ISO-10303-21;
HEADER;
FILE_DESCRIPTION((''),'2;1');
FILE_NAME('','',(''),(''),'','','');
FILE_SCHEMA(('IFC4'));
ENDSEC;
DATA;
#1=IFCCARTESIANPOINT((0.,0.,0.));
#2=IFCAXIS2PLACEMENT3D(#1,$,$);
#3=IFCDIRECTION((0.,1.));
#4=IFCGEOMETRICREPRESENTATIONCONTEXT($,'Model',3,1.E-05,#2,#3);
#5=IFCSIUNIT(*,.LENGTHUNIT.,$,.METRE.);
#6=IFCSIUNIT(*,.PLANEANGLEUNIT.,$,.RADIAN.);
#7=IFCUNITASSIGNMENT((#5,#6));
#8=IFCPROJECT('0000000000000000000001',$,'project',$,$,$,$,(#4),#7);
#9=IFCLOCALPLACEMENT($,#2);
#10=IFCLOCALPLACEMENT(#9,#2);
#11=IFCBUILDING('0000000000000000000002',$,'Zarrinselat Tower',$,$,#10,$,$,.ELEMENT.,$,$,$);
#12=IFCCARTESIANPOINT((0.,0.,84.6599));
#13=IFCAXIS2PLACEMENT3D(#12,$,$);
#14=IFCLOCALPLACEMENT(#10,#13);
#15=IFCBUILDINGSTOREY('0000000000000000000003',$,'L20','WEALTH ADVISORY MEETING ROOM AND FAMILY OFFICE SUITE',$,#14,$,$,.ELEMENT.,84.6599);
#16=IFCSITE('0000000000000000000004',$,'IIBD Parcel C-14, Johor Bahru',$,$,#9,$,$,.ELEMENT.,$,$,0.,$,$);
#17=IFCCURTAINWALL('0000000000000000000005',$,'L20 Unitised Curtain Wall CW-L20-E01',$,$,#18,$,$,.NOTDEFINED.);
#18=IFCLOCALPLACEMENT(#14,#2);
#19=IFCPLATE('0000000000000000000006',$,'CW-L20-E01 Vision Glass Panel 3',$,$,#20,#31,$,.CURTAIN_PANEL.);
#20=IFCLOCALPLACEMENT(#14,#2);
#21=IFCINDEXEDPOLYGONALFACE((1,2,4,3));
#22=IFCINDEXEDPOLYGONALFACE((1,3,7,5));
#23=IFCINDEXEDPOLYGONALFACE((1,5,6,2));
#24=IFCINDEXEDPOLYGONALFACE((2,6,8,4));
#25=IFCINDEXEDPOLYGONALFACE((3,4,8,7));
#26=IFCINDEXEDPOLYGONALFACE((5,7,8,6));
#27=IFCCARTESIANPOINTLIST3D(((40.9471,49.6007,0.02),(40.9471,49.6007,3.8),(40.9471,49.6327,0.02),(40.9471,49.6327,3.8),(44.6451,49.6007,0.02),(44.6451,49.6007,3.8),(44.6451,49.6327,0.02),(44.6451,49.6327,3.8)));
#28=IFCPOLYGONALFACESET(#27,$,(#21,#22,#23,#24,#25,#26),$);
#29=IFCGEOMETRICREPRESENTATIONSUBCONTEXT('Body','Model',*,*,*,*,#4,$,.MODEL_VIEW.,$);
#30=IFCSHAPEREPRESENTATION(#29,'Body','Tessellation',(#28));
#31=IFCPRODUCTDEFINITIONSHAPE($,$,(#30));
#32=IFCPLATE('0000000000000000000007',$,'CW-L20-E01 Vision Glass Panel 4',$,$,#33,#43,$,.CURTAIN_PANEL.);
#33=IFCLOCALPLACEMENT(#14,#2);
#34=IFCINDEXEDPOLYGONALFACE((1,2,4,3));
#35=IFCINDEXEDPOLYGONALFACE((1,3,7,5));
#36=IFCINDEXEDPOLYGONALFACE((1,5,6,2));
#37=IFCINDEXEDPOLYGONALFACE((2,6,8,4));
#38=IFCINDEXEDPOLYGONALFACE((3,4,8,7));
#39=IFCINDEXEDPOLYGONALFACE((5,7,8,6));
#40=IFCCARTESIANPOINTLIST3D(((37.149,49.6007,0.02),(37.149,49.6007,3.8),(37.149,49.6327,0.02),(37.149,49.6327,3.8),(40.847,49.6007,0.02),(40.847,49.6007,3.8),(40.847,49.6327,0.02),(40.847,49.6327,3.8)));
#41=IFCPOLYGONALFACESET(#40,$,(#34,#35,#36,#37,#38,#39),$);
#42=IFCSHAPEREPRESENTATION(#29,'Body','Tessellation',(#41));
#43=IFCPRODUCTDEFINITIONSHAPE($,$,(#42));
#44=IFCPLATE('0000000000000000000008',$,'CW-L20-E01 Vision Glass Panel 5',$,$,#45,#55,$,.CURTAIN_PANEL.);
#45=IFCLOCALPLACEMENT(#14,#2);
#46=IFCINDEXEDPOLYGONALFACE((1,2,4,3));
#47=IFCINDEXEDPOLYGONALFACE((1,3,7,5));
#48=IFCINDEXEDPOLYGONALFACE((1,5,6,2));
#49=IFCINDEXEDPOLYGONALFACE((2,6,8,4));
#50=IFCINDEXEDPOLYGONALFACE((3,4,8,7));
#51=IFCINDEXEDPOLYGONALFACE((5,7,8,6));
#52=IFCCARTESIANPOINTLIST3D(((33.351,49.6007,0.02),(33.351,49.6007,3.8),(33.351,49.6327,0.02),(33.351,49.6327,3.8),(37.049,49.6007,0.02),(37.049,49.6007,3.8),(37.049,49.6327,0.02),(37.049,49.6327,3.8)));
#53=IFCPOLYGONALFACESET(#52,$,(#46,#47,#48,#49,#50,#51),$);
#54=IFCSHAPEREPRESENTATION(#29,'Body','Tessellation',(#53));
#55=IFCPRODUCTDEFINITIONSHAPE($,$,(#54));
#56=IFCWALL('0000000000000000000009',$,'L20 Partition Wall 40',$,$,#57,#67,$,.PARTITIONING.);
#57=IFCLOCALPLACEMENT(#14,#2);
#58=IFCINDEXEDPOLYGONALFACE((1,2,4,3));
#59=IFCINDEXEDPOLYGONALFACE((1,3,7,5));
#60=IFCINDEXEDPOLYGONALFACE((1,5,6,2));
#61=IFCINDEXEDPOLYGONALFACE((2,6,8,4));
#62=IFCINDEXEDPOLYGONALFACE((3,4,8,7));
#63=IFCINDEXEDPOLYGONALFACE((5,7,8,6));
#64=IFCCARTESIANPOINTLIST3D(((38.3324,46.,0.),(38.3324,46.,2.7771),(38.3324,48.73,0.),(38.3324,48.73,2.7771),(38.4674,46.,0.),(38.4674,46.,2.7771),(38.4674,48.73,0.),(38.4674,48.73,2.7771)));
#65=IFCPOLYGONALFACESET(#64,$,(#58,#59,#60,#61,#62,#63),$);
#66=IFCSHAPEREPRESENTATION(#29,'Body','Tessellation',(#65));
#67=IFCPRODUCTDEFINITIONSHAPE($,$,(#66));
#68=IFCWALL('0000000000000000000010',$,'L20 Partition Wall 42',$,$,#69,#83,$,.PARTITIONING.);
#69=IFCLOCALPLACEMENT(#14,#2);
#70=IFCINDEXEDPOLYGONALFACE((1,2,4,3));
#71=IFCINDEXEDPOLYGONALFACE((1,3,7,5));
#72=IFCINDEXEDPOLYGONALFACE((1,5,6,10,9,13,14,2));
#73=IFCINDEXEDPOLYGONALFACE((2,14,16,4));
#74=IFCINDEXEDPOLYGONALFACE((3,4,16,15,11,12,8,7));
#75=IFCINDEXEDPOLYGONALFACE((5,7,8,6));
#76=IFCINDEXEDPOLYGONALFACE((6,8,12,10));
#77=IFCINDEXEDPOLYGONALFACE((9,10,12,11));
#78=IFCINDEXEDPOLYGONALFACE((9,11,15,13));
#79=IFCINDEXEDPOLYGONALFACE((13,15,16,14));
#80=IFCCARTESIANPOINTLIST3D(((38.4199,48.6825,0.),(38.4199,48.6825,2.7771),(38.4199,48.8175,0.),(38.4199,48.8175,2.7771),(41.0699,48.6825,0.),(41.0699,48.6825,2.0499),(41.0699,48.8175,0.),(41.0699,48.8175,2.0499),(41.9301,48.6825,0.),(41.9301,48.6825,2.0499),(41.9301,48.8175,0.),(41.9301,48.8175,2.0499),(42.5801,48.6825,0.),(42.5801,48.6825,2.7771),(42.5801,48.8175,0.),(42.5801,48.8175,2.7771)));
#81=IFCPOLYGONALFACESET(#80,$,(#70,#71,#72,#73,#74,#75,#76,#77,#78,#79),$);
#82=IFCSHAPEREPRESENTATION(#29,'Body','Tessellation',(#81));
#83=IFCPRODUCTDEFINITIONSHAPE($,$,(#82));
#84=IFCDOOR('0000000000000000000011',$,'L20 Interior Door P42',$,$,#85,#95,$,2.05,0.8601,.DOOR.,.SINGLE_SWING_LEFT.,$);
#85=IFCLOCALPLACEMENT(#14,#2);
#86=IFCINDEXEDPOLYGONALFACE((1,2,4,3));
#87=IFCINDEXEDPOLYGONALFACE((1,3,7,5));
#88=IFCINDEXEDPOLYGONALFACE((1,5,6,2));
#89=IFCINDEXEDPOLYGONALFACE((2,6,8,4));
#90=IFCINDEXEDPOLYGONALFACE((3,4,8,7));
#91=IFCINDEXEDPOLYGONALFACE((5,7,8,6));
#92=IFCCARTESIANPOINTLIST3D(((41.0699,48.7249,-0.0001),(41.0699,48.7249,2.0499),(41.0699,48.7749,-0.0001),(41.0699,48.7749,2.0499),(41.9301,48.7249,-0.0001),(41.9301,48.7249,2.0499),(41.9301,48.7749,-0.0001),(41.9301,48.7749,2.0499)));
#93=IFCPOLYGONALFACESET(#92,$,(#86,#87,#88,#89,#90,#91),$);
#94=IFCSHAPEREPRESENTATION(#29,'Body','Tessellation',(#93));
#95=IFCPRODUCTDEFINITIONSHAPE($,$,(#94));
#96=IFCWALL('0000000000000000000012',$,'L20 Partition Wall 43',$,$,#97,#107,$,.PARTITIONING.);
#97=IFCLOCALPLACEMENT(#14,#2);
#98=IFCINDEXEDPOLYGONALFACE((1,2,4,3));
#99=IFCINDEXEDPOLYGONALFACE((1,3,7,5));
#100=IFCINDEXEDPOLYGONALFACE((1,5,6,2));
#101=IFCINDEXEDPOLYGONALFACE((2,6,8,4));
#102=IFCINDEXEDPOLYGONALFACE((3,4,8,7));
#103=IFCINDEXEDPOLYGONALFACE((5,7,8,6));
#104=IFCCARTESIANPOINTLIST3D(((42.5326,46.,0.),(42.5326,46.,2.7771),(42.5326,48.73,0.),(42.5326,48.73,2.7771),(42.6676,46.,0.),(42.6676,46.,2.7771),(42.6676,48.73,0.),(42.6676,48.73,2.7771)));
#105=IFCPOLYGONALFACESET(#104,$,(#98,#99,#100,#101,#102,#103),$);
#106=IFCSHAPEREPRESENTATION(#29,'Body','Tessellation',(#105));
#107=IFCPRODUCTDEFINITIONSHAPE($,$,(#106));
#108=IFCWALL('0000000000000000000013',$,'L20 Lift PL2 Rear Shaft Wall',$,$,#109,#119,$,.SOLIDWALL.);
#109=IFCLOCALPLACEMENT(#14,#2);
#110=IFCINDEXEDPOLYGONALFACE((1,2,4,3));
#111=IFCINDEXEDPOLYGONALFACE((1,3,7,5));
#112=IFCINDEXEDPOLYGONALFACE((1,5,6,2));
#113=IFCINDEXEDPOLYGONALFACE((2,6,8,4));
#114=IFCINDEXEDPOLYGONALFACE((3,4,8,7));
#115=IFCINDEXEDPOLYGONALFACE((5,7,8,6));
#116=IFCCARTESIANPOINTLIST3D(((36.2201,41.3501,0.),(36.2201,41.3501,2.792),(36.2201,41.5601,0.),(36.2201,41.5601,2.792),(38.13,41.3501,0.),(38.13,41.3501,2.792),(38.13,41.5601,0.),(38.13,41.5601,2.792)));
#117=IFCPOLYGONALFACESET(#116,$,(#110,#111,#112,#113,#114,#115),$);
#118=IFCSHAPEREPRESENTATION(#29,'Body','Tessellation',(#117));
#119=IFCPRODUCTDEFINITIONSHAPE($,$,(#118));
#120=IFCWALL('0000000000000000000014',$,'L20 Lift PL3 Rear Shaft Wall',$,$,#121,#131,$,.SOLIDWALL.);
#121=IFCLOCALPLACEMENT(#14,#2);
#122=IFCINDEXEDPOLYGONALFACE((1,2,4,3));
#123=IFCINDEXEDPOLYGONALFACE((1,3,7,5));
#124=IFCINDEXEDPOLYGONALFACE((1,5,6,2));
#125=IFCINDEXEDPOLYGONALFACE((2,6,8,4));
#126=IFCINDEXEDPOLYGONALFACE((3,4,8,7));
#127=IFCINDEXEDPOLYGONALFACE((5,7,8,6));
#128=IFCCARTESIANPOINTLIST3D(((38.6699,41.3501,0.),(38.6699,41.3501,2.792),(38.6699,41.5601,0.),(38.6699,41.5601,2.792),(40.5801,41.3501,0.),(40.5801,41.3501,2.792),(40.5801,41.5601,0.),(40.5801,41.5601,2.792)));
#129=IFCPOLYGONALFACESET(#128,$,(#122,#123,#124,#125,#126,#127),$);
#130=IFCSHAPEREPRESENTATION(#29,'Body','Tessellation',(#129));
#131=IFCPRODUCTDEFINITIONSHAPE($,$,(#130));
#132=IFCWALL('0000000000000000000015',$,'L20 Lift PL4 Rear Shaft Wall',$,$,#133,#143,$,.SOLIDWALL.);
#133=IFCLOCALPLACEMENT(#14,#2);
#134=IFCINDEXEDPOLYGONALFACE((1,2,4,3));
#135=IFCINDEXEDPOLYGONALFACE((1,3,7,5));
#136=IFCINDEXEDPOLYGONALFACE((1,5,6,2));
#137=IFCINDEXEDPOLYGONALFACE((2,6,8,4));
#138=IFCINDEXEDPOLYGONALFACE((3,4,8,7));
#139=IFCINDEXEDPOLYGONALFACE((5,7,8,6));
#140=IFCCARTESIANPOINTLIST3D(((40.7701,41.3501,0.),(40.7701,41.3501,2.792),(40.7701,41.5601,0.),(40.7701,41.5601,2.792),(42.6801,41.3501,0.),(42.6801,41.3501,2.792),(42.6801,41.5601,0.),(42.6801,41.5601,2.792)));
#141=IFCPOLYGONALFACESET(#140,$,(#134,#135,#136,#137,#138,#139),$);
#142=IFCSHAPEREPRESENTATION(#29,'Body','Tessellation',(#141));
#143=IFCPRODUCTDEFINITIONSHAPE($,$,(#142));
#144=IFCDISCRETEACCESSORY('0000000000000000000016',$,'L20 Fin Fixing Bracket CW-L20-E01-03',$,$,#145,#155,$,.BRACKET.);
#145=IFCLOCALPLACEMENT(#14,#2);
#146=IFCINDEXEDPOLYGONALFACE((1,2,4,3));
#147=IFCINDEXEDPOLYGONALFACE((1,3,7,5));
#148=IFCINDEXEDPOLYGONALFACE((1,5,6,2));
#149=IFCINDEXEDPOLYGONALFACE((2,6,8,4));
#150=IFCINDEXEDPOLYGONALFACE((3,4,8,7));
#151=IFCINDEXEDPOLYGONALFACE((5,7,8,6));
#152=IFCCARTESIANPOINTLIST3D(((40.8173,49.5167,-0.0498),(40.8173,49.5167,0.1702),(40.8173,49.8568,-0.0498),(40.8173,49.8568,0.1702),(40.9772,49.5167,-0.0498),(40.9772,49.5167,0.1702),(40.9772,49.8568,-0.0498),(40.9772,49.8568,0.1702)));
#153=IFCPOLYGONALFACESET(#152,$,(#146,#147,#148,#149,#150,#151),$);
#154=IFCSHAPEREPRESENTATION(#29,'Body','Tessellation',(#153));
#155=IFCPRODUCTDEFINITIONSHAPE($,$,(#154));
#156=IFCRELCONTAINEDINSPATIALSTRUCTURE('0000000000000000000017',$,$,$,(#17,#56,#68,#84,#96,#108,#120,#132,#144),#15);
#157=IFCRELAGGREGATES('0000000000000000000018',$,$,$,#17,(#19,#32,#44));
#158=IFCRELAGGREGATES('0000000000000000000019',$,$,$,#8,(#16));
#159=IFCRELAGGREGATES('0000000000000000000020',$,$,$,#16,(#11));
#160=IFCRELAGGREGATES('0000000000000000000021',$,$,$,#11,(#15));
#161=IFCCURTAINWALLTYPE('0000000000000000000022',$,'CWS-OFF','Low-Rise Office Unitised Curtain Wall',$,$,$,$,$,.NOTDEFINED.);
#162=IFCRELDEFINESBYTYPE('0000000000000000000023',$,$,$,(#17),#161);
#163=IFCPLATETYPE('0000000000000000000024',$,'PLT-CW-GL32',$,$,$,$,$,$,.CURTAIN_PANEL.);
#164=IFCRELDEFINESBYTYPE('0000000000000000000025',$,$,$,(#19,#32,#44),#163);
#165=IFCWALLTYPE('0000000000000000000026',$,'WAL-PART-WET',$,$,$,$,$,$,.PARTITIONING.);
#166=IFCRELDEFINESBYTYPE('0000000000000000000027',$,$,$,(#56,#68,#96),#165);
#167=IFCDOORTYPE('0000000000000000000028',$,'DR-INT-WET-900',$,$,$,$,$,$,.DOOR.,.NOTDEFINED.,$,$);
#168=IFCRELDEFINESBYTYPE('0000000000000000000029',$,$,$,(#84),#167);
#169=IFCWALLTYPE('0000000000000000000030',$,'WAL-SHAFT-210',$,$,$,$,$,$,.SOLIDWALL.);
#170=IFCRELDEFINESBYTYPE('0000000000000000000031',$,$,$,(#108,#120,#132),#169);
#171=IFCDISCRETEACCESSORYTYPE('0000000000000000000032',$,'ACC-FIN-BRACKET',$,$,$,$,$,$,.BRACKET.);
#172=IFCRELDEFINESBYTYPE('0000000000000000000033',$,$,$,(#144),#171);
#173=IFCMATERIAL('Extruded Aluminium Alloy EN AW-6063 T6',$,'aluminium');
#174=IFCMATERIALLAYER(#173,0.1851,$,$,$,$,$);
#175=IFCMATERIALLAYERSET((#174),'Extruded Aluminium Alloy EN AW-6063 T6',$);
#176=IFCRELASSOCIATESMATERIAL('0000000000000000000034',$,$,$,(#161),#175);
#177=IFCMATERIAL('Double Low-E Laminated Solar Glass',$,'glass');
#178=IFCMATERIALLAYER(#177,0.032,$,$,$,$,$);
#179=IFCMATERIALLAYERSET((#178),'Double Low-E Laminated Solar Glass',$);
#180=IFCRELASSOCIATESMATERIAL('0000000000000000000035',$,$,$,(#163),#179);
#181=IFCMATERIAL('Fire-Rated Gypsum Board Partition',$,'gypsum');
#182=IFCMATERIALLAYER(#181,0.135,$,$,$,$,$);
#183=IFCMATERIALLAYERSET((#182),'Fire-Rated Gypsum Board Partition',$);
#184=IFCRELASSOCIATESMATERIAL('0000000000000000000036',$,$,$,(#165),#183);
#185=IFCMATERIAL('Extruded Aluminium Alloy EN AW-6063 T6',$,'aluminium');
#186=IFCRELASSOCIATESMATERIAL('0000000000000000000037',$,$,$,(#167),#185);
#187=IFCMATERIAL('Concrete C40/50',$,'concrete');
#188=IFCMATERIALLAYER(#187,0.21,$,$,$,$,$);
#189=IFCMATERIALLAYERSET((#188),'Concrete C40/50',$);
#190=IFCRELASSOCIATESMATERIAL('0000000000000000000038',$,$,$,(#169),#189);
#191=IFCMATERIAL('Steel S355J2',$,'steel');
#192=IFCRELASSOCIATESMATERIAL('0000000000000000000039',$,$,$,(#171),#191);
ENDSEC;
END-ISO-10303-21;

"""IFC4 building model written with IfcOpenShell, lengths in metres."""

from ifc_helpers import new_model, si_unit, direction, frame, frame_2d, origin, origin_2d, place, context, subcontext, project, spatial, rectangle, extrude, material, layer, layer_set, type_object, element, fill, aggregate, save


model = new_model("IFC4")

# Units and contexts
model_context = context("Model", 3, precision=1e-05, world=origin(), true_north=direction((0.0, 1.0)))
body_context = subcontext(model_context, "Body", "Model", "MODEL_VIEW")
ifc_project = project(units=[si_unit("LENGTHUNIT", "METRE"), si_unit("PLANEANGLEUNIT", "RADIAN")], contexts=[model_context])

# Site, building, storey
site_placement = place(None, origin())
site = spatial("IfcSite", under=ifc_project, at=site_placement, Name="IIBD Parcel C-14, Johor Bahru", CompositionType="ELEMENT", RefElevation=0.0)
building_placement = place(site_placement, origin())
building = spatial("IfcBuilding", under=site, at=building_placement, Name="Zarrinselat Tower", CompositionType="ELEMENT")
storey_placement = place(building_placement, frame((0.0, 0.0, 84.6599)))
storey = spatial("IfcBuildingStorey", under=building, at=storey_placement, Name="L20", Description="WEALTH ADVISORY MEETING ROOM AND FAMILY OFFICE SUITE", CompositionType="ELEMENT", Elevation=84.6599)

# Curtain wall, plates
ifc_material_1 = material(Name="Extruded Aluminium Alloy EN AW-6063 T6", Category="aluminium")
ifc_layer_1 = layer(ifc_material_1, 0.1851)
ifc_layer_set_1 = layer_set([ifc_layer_1], Name="Extruded Aluminium Alloy EN AW-6063 T6")
curtain_wall_type = type_object("IfcCurtainWallType", Name="CWS-OFF", Description="Low-Rise Office Unitised Curtain Wall", PredefinedType="NOTDEFINED", material=ifc_layer_set_1)
curtain_wall_placement = place(storey_placement, origin())
curtain_wall = element("IfcCurtainWall", 1, at=curtain_wall_placement, inside=storey, type_object=curtain_wall_type, Name="L20 Unitised Curtain Wall CW-L20-E01", PredefinedType="NOTDEFINED")
ifc_material_2 = material(Name="Double Low-E Laminated Solar Glass", Category="glass")
ifc_layer_2 = layer(ifc_material_2, 0.032)
ifc_layer_set_2 = layer_set([ifc_layer_2], Name="Double Low-E Laminated Solar Glass")
plate_type = type_object("IfcPlateType", Name="PLT-CW-GL32", PredefinedType="CURTAIN_PANEL", material=ifc_layer_set_2)
plate_1_placement = place(storey_placement, frame((42.7961, 49.6167, 0.02), z_axis=(0.0, 0.0, 1.0), x_axis=(-1.0, 0.0, 0.0)))
plate_1 = element("IfcPlate", 2, at=plate_1_placement, type_object=plate_type, Name="CW-L20-E01 Vision Glass Panel 3", PredefinedType="CURTAIN_PANEL", context=body_context, shape_type="SweptSolid", body=[
    extrude(rectangle(XDim=3.698, YDim=0.032, at=origin_2d()), origin(), (0.0, 0.0, 1.0), 3.78),
])
plate_2_placement = place(storey_placement, frame((38.998, 49.6167, 0.02), z_axis=(0.0, 0.0, 1.0), x_axis=(-1.0, 0.0, 0.0)))
plate_2 = element("IfcPlate", 3, at=plate_2_placement, type_object=plate_type, Name="CW-L20-E01 Vision Glass Panel 4", PredefinedType="CURTAIN_PANEL", context=body_context, shape_type="SweptSolid", body=[
    extrude(rectangle(XDim=3.698, YDim=0.032, at=origin_2d()), origin(), (0.0, 0.0, 1.0), 3.78),
])
plate_3_placement = place(storey_placement, frame((35.2, 49.6167, 0.02), z_axis=(0.0, 0.0, 1.0), x_axis=(-1.0, 0.0, 0.0)))
plate_3 = element("IfcPlate", 4, at=plate_3_placement, type_object=plate_type, Name="CW-L20-E01 Vision Glass Panel 5", PredefinedType="CURTAIN_PANEL", context=body_context, shape_type="SweptSolid", body=[
    extrude(rectangle(XDim=3.698, YDim=0.032, at=origin_2d()), origin(), (0.0, 0.0, 1.0), 3.78),
])
aggregate(curtain_wall, [plate_1, plate_2, plate_3])

# Wall
ifc_material_3 = material(Name="Fire-Rated Gypsum Board Partition", Category="gypsum")
ifc_layer_3 = layer(ifc_material_3, 0.135)
ifc_layer_set_3 = layer_set([ifc_layer_3], Name="Fire-Rated Gypsum Board Partition")
wall_type_1 = type_object("IfcWallType", Name="WAL-PART-WET", PredefinedType="PARTITIONING", material=ifc_layer_set_3)
wall_1_placement = place(storey_placement, frame((38.3999, 46.0, 0.0), z_axis=(0.0, 0.0, 1.0), x_axis=(0.0, 1.0, 0.0)))
element("IfcWall", 5, at=wall_1_placement, inside=storey, type_object=wall_type_1, Name="L20 Partition Wall 40", PredefinedType="PARTITIONING", context=body_context, shape_type="SweptSolid", body=[
    extrude(rectangle(XDim=2.73, YDim=0.135, at=frame_2d((1.365, 0.0))), origin(), (0.0, 0.0, 1.0), 2.7771),
])

# Wall, opening, door
wall_2_placement = place(storey_placement, frame((38.4199, 48.75, 0.0), z_axis=(0.0, 0.0, 1.0), x_axis=(1.0, 0.0, 0.0)))
wall_2 = element("IfcWall", 6, at=wall_2_placement, inside=storey, type_object=wall_type_1, Name="L20 Partition Wall 42", PredefinedType="PARTITIONING", context=body_context, shape_type="SweptSolid", body=[
    extrude(rectangle(XDim=4.1602, YDim=0.135, at=frame_2d((2.0801, 0.0))), origin(), (0.0, 0.0, 1.0), 2.7771),
])
opening_placement = place(wall_2_placement, frame((2.6499, 0.0, 0.0)))
opening = element("IfcOpeningElement", 7, at=opening_placement, cuts=wall_2, PredefinedType="OPENING", context=body_context, shape_type="SweptSolid", body=[
    extrude(rectangle(XDim=0.8601, YDim=2.05, at=frame_2d((0.4302, 1.0249))), frame((0.0, 0.0774, 0.0), z_axis=(0.0, -1.0, 0.0), x_axis=(1.0, 0.0, 0.0)), (0.0, 0.0, 1.0), 0.155),
])
ifc_material_4 = material(Name="Extruded Aluminium Alloy EN AW-6063 T6", Category="aluminium")
door_type = type_object("IfcDoorType", Name="DR-INT-WET-900", OperationType="NOTDEFINED", PredefinedType="DOOR", material=ifc_material_4)
door_placement = place(opening_placement, origin())
door = element("IfcDoor", 8, at=door_placement, inside=storey, type_object=door_type, Name="L20 Interior Door P42", OperationType="SINGLE_SWING_LEFT", OverallHeight=2.05, OverallWidth=0.8601, PredefinedType="DOOR", context=body_context, shape_type="SweptSolid", body=[
    extrude(rectangle(XDim=0.8601, YDim=2.05, at=frame_2d((0.4302, 1.0249))), frame((0.0, 0.0249, 0.0), z_axis=(0.0, -1.0, 0.0), x_axis=(1.0, 0.0, 0.0)), (0.0, 0.0, 1.0), 0.05),
])
fill(opening, door)

# Walls
wall_3_placement = place(storey_placement, frame((42.6001, 46.0, 0.0), z_axis=(0.0, 0.0, 1.0), x_axis=(0.0, 1.0, 0.0)))
element("IfcWall", 9, at=wall_3_placement, inside=storey, type_object=wall_type_1, Name="L20 Partition Wall 43", PredefinedType="PARTITIONING", context=body_context, shape_type="SweptSolid", body=[
    extrude(rectangle(XDim=2.73, YDim=0.135, at=frame_2d((1.365, 0.0))), origin(), (0.0, 0.0, 1.0), 2.7771),
])
ifc_material_5 = material(Name="Concrete C40/50", Category="concrete")
ifc_layer_4 = layer(ifc_material_5, 0.21)
ifc_layer_set_4 = layer_set([ifc_layer_4], Name="Concrete C40/50")
wall_type_2 = type_object("IfcWallType", Name="WAL-SHAFT-210", PredefinedType="SOLIDWALL", material=ifc_layer_set_4)
wall_4_placement = place(storey_placement, frame((36.22, 41.4551, 0.0), z_axis=(0.0, 0.0, 1.0), x_axis=(1.0, 0.0, 0.0)))
element("IfcWall", 10, at=wall_4_placement, inside=storey, type_object=wall_type_2, Name="L20 Lift PL2 Rear Shaft Wall", PredefinedType="SOLIDWALL", context=body_context, shape_type="SweptSolid", body=[
    extrude(rectangle(XDim=1.9099, YDim=0.21, at=frame_2d((0.9551, 0.0))), origin(), (0.0, 0.0, 1.0), 2.792),
])
wall_5_placement = place(storey_placement, frame((38.6699, 41.4551, 0.0), z_axis=(0.0, 0.0, 1.0), x_axis=(1.0, 0.0, 0.0)))
element("IfcWall", 11, at=wall_5_placement, inside=storey, type_object=wall_type_2, Name="L20 Lift PL3 Rear Shaft Wall", PredefinedType="SOLIDWALL", context=body_context, shape_type="SweptSolid", body=[
    extrude(rectangle(XDim=1.9102, YDim=0.21, at=frame_2d((0.9551, 0.0))), origin(), (0.0, 0.0, 1.0), 2.792),
])
wall_6_placement = place(storey_placement, frame((40.77, 41.4551, 0.0), z_axis=(0.0, 0.0, 1.0), x_axis=(1.0, 0.0, 0.0)))
element("IfcWall", 12, at=wall_6_placement, inside=storey, type_object=wall_type_2, Name="L20 Lift PL4 Rear Shaft Wall", PredefinedType="SOLIDWALL", context=body_context, shape_type="SweptSolid", body=[
    extrude(rectangle(XDim=1.9099, YDim=0.21, at=frame_2d((0.9551, 0.0))), origin(), (0.0, 0.0, 1.0), 2.792),
])

# Discrete accessory
ifc_material_6 = material(Name="Steel S355J2", Category="steel")
discrete_accessory_type = type_object("IfcDiscreteAccessoryType", Name="ACC-FIN-BRACKET", PredefinedType="BRACKET", material=ifc_material_6)
discrete_accessory_placement = place(storey_placement, frame((40.8972, 49.6868, -0.0498), z_axis=(0.0, 0.0, 1.0), x_axis=(0.0, 1.0, 0.0)))
element("IfcDiscreteAccessory", 13, at=discrete_accessory_placement, inside=storey, type_object=discrete_accessory_type, Name="L20 Fin Fixing Bracket CW-L20-E01-03", PredefinedType="BRACKET", context=body_context, shape_type="SweptSolid", body=[
    extrude(rectangle(XDim=0.3401, YDim=0.1599, at=origin_2d()), origin(), (0.0, 0.0, 1.0), 0.22),
])

save(model, "model.ifc")
